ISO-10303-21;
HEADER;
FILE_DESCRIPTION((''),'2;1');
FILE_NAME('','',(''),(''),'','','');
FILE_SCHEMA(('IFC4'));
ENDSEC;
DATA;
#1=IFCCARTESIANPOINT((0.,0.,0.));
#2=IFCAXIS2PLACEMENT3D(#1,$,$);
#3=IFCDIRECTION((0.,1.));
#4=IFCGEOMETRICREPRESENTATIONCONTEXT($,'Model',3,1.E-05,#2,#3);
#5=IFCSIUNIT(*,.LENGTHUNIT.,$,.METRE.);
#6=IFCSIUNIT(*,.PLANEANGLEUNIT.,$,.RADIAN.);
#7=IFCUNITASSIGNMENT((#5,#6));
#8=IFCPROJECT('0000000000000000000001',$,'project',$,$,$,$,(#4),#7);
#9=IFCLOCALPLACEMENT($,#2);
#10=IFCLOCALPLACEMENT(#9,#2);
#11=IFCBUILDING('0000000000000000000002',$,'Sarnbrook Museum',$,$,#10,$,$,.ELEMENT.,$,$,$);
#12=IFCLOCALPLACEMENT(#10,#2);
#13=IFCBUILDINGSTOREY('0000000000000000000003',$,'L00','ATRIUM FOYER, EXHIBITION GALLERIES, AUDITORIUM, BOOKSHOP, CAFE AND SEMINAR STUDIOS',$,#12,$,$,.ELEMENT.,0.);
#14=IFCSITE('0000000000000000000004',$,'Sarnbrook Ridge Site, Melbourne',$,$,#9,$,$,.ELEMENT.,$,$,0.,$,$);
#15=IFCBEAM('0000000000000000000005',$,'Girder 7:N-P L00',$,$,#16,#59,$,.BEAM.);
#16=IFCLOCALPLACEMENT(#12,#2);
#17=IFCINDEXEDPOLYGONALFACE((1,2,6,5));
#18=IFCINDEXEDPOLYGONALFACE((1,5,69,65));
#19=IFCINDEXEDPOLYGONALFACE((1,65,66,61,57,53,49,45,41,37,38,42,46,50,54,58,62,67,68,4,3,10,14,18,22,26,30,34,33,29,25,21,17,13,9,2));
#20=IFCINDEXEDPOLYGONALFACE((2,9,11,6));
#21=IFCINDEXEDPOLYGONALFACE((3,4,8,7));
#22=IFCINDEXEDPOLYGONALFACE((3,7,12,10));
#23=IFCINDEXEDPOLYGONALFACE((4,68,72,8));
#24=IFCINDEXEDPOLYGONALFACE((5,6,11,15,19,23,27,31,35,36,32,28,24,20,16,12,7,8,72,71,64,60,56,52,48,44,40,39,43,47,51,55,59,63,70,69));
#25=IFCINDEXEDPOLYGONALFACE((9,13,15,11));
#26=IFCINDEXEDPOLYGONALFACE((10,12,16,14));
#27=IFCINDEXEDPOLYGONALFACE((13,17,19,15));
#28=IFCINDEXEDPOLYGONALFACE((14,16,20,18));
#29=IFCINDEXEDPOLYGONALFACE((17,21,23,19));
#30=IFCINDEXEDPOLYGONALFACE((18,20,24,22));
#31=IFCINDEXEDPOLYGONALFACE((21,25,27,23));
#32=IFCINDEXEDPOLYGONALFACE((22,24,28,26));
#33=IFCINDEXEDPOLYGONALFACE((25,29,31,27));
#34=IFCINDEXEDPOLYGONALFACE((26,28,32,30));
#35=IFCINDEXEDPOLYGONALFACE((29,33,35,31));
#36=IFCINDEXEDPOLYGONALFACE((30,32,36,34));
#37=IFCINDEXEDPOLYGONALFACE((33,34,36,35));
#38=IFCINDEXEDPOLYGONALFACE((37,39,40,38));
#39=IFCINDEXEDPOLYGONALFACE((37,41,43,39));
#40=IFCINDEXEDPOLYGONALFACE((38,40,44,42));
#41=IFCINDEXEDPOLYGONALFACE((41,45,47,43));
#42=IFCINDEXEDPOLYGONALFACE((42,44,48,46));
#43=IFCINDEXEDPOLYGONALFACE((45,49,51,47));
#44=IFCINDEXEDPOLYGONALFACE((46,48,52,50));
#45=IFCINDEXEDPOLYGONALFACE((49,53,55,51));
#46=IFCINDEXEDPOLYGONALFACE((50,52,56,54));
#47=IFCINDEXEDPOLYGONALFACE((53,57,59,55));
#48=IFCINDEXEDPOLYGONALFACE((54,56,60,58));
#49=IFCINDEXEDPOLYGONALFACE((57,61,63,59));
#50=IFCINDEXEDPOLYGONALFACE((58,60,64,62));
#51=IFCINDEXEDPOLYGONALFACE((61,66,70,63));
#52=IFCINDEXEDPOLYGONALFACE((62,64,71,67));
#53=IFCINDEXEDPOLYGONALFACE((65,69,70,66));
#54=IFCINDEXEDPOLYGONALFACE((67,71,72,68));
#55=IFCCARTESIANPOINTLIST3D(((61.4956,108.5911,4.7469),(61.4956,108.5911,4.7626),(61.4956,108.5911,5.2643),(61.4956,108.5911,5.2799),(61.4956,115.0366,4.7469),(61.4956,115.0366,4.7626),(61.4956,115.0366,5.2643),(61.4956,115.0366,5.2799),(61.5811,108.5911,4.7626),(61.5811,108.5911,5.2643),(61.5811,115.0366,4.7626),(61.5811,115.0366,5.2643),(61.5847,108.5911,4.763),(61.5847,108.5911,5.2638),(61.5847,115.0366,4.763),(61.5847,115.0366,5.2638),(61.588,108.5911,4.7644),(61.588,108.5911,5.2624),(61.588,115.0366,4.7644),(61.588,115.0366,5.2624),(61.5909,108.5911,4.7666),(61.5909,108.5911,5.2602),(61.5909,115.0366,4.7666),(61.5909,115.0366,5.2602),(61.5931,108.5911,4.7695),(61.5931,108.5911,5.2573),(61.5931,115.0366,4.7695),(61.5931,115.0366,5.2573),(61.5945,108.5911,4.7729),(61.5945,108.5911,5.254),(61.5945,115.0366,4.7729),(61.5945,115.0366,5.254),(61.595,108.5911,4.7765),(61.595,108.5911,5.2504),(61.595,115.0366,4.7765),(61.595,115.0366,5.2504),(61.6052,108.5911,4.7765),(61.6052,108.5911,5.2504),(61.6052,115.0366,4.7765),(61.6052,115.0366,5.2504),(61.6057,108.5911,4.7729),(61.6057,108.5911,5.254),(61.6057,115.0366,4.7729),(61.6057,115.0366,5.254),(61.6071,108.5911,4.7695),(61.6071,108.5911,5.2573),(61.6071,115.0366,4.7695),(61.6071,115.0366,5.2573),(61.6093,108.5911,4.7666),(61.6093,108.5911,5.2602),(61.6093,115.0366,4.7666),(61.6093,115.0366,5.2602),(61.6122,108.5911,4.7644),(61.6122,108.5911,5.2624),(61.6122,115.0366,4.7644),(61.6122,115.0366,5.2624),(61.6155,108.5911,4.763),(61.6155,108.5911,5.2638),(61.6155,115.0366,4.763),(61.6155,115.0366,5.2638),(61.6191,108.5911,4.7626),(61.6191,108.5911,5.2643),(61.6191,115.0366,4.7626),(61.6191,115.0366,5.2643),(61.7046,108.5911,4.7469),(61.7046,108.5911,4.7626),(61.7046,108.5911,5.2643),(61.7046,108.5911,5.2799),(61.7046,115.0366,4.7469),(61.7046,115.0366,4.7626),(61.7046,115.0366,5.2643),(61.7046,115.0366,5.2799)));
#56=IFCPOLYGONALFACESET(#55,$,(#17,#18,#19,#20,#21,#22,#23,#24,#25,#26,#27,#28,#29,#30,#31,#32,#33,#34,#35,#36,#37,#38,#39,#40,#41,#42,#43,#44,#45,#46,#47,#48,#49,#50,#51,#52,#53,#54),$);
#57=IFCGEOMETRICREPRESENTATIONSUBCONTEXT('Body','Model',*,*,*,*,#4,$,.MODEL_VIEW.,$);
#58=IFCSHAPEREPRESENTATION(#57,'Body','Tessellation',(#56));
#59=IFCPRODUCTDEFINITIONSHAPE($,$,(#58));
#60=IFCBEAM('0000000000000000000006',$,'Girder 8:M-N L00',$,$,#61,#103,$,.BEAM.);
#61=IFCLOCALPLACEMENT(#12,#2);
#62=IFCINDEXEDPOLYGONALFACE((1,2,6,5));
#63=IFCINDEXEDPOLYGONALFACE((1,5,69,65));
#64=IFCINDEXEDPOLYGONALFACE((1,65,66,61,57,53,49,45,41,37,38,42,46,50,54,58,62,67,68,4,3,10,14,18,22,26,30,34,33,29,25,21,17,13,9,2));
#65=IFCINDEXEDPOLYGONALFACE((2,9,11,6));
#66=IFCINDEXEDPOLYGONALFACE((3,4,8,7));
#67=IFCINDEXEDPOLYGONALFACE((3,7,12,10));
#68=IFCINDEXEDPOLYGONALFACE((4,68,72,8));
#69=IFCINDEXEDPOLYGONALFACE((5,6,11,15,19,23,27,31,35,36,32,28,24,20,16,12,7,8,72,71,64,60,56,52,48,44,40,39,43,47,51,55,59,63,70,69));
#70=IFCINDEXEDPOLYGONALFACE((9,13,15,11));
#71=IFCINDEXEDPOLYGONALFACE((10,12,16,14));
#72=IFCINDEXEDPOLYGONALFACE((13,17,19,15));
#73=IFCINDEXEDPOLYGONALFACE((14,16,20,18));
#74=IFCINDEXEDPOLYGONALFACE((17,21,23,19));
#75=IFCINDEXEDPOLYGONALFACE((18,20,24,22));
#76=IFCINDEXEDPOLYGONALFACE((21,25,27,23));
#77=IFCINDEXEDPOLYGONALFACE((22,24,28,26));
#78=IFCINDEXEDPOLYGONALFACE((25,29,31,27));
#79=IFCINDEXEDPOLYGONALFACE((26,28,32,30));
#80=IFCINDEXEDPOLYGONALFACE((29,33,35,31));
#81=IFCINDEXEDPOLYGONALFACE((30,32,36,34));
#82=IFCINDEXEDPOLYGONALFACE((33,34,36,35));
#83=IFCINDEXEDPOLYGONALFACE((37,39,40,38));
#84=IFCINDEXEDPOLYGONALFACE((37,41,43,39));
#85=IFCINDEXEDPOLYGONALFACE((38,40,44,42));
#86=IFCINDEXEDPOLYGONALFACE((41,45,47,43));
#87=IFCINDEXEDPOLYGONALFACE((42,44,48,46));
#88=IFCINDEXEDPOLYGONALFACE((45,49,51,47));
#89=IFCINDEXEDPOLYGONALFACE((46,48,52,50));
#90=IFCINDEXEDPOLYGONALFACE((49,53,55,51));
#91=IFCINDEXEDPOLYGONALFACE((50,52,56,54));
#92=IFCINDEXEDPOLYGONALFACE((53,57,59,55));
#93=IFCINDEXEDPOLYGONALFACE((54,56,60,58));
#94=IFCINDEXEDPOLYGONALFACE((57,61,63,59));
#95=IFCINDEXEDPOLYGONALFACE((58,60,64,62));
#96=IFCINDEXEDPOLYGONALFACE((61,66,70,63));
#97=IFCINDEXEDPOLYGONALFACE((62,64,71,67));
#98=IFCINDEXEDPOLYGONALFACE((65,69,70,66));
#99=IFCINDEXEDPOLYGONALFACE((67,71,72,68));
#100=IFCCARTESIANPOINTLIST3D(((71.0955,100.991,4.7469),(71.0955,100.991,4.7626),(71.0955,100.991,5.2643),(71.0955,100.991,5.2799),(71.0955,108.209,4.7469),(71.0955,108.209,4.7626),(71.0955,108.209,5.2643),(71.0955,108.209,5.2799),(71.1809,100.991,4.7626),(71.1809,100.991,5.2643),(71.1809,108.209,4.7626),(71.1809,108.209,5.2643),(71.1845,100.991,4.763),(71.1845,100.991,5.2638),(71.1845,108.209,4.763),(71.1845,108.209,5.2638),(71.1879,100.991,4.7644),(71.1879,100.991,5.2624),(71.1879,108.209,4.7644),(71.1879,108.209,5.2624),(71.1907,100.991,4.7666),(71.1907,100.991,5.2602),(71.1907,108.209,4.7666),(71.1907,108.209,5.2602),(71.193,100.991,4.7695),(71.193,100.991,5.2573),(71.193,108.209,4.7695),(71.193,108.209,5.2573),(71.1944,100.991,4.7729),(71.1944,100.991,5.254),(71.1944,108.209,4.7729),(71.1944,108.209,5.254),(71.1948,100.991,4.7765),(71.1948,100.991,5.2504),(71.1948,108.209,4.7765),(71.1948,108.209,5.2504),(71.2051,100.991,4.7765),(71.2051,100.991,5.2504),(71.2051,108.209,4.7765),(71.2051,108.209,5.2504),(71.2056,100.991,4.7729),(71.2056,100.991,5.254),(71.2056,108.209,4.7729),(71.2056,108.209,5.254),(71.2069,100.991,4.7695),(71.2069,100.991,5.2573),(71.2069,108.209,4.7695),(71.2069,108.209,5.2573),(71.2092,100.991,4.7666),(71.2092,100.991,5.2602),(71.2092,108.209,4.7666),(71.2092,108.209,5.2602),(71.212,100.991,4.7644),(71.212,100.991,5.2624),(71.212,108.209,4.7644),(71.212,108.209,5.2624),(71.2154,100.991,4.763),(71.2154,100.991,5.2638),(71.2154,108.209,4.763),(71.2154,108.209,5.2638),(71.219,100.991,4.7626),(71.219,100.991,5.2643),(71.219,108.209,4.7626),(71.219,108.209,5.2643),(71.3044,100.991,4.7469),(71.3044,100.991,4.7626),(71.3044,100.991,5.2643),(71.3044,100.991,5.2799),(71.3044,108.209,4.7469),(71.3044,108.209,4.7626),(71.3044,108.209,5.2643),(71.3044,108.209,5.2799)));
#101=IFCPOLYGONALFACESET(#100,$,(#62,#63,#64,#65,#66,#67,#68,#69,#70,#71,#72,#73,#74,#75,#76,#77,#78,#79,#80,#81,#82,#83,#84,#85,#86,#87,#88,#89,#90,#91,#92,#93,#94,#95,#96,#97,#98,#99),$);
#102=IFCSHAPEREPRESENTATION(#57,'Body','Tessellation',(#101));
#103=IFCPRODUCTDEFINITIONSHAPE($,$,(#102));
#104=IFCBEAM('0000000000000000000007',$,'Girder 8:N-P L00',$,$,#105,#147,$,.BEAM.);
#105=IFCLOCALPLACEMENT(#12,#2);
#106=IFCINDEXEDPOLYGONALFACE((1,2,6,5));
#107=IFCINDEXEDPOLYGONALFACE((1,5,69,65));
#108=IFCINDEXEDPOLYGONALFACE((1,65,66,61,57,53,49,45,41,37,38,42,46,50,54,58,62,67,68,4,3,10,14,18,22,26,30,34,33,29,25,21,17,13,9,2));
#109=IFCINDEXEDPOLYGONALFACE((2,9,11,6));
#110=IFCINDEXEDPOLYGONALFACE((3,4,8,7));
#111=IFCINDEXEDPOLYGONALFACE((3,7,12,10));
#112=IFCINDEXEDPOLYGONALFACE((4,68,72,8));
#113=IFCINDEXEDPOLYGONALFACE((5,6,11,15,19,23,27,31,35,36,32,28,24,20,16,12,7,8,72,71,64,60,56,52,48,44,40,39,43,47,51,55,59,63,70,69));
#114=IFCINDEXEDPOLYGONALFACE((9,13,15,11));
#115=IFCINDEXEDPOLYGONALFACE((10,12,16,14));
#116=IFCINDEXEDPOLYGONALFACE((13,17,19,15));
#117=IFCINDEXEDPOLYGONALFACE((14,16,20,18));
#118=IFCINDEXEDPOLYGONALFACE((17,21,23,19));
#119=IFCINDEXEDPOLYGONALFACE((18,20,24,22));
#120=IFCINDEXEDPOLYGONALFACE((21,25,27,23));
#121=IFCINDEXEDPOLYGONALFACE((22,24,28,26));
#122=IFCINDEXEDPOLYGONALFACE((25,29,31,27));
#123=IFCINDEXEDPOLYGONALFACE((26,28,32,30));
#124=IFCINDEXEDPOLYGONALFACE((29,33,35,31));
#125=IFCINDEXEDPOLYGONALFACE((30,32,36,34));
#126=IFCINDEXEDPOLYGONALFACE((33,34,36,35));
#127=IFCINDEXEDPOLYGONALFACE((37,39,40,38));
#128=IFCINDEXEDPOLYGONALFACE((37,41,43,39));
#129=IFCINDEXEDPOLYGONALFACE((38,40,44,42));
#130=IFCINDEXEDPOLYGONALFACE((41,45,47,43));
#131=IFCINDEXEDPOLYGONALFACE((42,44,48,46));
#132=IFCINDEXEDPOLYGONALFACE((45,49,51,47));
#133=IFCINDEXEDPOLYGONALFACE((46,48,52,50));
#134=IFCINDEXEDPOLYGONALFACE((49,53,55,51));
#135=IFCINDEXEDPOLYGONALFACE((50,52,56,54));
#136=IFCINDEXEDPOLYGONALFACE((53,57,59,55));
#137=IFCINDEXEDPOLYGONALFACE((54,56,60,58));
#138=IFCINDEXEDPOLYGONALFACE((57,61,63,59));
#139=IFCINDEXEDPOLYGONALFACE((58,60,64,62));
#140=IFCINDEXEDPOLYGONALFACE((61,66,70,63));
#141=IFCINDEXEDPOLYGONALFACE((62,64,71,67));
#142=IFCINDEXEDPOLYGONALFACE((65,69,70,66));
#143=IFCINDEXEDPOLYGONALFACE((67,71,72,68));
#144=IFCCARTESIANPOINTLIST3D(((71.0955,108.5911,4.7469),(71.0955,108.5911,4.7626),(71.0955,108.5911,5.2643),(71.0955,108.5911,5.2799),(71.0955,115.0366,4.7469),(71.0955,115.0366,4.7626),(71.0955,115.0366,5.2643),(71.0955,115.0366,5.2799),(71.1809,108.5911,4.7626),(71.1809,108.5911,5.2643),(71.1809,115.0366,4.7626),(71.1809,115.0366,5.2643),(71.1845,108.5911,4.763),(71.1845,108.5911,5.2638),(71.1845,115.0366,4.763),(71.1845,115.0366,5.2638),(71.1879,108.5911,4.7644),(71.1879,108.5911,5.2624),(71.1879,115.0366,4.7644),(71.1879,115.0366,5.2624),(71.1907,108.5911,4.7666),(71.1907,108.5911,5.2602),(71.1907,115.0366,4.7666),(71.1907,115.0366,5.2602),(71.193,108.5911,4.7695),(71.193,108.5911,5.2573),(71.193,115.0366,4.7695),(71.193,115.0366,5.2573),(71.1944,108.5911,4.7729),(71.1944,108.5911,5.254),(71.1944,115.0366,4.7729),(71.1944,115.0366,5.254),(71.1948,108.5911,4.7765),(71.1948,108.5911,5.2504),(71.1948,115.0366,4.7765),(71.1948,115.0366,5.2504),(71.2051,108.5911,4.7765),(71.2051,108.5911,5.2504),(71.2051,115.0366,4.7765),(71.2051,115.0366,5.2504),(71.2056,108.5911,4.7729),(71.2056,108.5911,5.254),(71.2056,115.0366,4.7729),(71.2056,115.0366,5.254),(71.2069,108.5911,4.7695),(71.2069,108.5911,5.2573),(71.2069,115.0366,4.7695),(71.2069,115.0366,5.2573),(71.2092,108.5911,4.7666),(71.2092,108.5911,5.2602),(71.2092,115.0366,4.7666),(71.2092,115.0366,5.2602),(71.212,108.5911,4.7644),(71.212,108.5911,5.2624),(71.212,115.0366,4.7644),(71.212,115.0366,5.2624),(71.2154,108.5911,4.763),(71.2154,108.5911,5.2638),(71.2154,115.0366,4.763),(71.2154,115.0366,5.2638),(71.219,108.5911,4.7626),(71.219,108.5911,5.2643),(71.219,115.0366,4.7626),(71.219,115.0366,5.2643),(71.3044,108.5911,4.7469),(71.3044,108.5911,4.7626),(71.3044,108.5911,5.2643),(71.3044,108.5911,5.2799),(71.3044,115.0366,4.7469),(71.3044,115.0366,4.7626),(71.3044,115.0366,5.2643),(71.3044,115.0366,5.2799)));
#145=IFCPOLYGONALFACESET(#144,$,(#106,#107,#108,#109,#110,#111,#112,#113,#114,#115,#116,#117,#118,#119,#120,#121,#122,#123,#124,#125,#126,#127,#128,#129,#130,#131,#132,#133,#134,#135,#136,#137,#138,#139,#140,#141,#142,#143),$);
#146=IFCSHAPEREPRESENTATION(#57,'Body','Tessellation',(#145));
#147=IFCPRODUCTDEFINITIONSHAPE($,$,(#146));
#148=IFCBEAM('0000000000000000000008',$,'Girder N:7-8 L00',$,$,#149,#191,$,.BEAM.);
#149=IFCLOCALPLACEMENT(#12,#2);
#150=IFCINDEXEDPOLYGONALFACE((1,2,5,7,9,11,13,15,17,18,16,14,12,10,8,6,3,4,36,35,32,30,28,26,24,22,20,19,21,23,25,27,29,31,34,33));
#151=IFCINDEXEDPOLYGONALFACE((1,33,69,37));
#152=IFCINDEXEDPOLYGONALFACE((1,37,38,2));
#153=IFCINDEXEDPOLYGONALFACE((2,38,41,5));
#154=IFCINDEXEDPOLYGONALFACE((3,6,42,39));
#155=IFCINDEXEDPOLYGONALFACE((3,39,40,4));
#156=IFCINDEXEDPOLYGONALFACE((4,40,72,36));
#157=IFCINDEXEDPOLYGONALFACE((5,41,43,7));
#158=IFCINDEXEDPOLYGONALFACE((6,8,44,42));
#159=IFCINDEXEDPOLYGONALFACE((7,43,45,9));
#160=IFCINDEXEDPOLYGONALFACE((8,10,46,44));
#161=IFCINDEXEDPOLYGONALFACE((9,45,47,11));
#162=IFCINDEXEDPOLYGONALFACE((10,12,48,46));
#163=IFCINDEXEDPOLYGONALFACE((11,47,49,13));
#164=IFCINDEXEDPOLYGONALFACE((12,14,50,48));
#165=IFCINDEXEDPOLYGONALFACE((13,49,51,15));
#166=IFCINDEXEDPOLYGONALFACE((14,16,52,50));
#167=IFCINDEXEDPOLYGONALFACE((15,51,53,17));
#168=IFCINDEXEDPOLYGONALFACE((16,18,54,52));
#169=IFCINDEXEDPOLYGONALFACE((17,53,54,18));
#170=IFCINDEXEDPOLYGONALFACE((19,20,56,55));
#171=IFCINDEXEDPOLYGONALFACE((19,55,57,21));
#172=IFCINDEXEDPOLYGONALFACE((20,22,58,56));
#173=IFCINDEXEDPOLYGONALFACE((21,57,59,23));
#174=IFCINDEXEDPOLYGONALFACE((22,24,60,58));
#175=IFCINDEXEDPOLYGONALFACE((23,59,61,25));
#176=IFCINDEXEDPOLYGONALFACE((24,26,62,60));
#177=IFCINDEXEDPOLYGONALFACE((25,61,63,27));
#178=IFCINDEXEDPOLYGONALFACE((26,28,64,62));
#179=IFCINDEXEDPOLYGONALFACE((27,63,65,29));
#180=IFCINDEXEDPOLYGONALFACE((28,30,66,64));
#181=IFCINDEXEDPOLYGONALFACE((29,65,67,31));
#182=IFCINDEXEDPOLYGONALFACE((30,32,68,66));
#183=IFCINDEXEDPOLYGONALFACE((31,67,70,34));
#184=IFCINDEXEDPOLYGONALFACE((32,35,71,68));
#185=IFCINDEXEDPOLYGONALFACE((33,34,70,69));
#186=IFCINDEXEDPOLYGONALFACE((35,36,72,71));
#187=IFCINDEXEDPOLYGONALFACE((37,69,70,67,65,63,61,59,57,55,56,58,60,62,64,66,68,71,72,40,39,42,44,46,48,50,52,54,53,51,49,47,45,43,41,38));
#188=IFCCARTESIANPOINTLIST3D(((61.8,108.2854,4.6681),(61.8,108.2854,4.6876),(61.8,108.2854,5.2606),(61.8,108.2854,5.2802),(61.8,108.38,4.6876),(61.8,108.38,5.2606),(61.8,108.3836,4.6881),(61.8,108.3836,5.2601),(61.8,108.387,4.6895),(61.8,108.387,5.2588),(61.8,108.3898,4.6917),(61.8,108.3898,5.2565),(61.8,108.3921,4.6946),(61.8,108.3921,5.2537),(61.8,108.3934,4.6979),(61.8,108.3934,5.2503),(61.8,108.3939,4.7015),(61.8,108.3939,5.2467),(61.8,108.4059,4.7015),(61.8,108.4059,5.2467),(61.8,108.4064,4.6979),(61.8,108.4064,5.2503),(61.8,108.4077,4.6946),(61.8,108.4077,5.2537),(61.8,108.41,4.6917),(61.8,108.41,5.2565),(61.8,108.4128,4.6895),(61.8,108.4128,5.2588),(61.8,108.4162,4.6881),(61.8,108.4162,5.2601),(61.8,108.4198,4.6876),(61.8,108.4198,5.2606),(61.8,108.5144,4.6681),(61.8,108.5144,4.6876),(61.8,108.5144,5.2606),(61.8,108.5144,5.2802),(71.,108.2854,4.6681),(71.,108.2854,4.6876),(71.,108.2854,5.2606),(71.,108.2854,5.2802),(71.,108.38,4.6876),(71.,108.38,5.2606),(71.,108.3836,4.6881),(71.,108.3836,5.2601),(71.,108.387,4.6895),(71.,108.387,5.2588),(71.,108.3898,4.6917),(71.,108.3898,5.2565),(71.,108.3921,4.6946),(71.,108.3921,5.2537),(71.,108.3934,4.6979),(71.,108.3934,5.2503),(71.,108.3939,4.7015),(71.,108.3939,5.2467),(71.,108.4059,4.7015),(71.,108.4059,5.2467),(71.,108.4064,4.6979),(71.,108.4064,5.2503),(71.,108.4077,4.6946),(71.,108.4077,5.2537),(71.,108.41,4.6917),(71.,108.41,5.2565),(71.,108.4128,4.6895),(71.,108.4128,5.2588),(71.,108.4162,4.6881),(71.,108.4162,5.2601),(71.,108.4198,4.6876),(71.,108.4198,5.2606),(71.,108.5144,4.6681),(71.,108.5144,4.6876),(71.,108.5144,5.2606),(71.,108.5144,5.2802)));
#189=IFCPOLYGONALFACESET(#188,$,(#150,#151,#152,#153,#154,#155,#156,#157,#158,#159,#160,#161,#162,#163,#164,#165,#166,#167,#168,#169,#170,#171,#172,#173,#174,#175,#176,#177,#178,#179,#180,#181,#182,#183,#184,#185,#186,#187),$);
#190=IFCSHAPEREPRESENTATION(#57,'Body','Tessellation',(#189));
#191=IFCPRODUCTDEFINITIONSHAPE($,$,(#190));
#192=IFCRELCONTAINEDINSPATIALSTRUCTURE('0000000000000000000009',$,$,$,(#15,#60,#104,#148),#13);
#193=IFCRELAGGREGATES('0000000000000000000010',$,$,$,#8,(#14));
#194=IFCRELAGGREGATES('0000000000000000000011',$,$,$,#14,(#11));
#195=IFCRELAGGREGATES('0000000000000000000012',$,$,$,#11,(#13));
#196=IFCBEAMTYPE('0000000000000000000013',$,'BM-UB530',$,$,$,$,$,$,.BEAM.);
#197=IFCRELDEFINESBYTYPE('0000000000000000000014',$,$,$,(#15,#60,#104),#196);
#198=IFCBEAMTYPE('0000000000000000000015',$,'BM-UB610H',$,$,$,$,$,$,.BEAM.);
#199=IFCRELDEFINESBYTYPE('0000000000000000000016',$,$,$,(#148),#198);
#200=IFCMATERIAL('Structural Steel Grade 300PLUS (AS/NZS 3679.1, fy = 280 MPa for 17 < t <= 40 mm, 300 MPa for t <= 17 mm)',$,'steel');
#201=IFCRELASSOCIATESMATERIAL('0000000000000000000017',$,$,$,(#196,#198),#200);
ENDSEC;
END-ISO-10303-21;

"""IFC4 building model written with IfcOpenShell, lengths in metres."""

from ifc_helpers import new_model, si_unit, direction, frame, origin, origin_2d, place, context, subcontext, project, spatial, i_section, extrude, material, material_profile, profile_set, type_object, element, save


model = new_model("IFC4")

# Units and contexts
model_context = context("Model", 3, precision=1e-05, world=origin(), true_north=direction((0.0, 1.0)))
body_context = subcontext(model_context, "Body", "Model", "MODEL_VIEW")
ifc_project = project(units=[si_unit("LENGTHUNIT", "METRE"), si_unit("PLANEANGLEUNIT", "RADIAN")], contexts=[model_context])

# Site, building, storey
site_placement = place(None, origin())
site = spatial("IfcSite", under=ifc_project, at=site_placement, Name="Sarnbrook Ridge Site, Melbourne", CompositionType="ELEMENT", RefElevation=0.0)
building_placement = place(site_placement, origin())
building = spatial("IfcBuilding", under=site, at=building_placement, Name="Sarnbrook Museum", CompositionType="ELEMENT")
storey_placement = place(building_placement, origin())
storey = spatial("IfcBuildingStorey", under=building, at=storey_placement, Name="L00", Description="ATRIUM FOYER, EXHIBITION GALLERIES, AUDITORIUM, BOOKSHOP, CAFE AND SEMINAR STUDIOS", CompositionType="ELEMENT", Elevation=0.0)

# Shared definitions
ifc_material_1 = material(Name="Structural Steel Grade 300PLUS (AS/NZS 3679.1, fy = 280 MPa for 17 < t <= 40 mm, 300 MPa for t <= 17 mm)", Category="steel")

# Beams
ifc_material_profile_1 = material_profile(ifc_material_1, i_section(OverallWidth=0.209, OverallDepth=0.533, WebThickness=0.0103, FlangeThickness=0.0156, FilletRadius=0.0139, at=origin_2d()), Name="530UB92.4")
ifc_profile_set_1 = profile_set([ifc_material_profile_1], Name="Structural Steel Grade 300PLUS (AS/NZS 3679.1, fy = 280 MPa for 17 < t <= 40 mm, 300 MPa for t <= 17 mm)")
beam_type_1 = type_object("IfcBeamType", Name="BM-UB530", PredefinedType="BEAM", material=ifc_profile_set_1)
beam_1_placement = place(storey_placement, frame((61.6001, 108.5911, 5.0134), z_axis=(0.0, 1.0, 0.0), x_axis=(-1.0, 0.0, 0.0)))
element("IfcBeam", 1, at=beam_1_placement, inside=storey, type_object=beam_type_1, Name="Girder 7:N-P L00", PredefinedType="BEAM", context=body_context, shape_type="SweptSolid", body=[
    extrude(i_section(OverallWidth=0.209, OverallDepth=0.533, WebThickness=0.0103, FlangeThickness=0.0156, FilletRadius=0.0139, at=origin_2d()), origin(), (0.0, 0.0, 1.0), 6.4456),
])
beam_2_placement = place(storey_placement, frame((71.2, 100.991, 5.0134), z_axis=(0.0, 1.0, 0.0), x_axis=(-1.0, 0.0, 0.0)))
element("IfcBeam", 2, at=beam_2_placement, inside=storey, type_object=beam_type_1, Name="Girder 8:M-N L00", PredefinedType="BEAM", context=body_context, shape_type="SweptSolid", body=[
    extrude(i_section(OverallWidth=0.209, OverallDepth=0.533, WebThickness=0.0103, FlangeThickness=0.0156, FilletRadius=0.0139, at=origin_2d()), origin(), (0.0, 0.0, 1.0), 7.218),
])
beam_3_placement = place(storey_placement, frame((71.2, 108.5911, 5.0134), z_axis=(0.0, 1.0, 0.0), x_axis=(-1.0, 0.0, 0.0)))
element("IfcBeam", 3, at=beam_3_placement, inside=storey, type_object=beam_type_1, Name="Girder 8:N-P L00", PredefinedType="BEAM", context=body_context, shape_type="SweptSolid", body=[
    extrude(i_section(OverallWidth=0.209, OverallDepth=0.533, WebThickness=0.0103, FlangeThickness=0.0156, FilletRadius=0.0139, at=origin_2d()), origin(), (0.0, 0.0, 1.0), 6.4456),
])
ifc_material_profile_2 = material_profile(ifc_material_1, i_section(OverallWidth=0.229, OverallDepth=0.6121, WebThickness=0.012, FlangeThickness=0.0195, FilletRadius=0.0139, at=origin_2d()), Name="610UB125")
ifc_profile_set_2 = profile_set([ifc_material_profile_2], Name="Structural Steel Grade 300PLUS (AS/NZS 3679.1, fy = 280 MPa for 17 < t <= 40 mm, 300 MPa for t <= 17 mm)")
beam_type_2 = type_object("IfcBeamType", Name="BM-UB610H", PredefinedType="BEAM", material=ifc_profile_set_2)
beam_4_placement = place(storey_placement, frame((61.8, 108.3999, 4.9741), z_axis=(1.0, 0.0, 0.0), x_axis=(0.0, 1.0, 0.0)))
element("IfcBeam", 4, at=beam_4_placement, inside=storey, type_object=beam_type_2, Name="Girder N:7-8 L00", PredefinedType="BEAM", context=body_context, shape_type="SweptSolid", body=[
    extrude(i_section(OverallWidth=0.229, OverallDepth=0.6121, WebThickness=0.012, FlangeThickness=0.0195, FilletRadius=0.0139, at=origin_2d()), origin(), (0.0, 0.0, 1.0), 9.2),
])

save(model, "model.ifc")
